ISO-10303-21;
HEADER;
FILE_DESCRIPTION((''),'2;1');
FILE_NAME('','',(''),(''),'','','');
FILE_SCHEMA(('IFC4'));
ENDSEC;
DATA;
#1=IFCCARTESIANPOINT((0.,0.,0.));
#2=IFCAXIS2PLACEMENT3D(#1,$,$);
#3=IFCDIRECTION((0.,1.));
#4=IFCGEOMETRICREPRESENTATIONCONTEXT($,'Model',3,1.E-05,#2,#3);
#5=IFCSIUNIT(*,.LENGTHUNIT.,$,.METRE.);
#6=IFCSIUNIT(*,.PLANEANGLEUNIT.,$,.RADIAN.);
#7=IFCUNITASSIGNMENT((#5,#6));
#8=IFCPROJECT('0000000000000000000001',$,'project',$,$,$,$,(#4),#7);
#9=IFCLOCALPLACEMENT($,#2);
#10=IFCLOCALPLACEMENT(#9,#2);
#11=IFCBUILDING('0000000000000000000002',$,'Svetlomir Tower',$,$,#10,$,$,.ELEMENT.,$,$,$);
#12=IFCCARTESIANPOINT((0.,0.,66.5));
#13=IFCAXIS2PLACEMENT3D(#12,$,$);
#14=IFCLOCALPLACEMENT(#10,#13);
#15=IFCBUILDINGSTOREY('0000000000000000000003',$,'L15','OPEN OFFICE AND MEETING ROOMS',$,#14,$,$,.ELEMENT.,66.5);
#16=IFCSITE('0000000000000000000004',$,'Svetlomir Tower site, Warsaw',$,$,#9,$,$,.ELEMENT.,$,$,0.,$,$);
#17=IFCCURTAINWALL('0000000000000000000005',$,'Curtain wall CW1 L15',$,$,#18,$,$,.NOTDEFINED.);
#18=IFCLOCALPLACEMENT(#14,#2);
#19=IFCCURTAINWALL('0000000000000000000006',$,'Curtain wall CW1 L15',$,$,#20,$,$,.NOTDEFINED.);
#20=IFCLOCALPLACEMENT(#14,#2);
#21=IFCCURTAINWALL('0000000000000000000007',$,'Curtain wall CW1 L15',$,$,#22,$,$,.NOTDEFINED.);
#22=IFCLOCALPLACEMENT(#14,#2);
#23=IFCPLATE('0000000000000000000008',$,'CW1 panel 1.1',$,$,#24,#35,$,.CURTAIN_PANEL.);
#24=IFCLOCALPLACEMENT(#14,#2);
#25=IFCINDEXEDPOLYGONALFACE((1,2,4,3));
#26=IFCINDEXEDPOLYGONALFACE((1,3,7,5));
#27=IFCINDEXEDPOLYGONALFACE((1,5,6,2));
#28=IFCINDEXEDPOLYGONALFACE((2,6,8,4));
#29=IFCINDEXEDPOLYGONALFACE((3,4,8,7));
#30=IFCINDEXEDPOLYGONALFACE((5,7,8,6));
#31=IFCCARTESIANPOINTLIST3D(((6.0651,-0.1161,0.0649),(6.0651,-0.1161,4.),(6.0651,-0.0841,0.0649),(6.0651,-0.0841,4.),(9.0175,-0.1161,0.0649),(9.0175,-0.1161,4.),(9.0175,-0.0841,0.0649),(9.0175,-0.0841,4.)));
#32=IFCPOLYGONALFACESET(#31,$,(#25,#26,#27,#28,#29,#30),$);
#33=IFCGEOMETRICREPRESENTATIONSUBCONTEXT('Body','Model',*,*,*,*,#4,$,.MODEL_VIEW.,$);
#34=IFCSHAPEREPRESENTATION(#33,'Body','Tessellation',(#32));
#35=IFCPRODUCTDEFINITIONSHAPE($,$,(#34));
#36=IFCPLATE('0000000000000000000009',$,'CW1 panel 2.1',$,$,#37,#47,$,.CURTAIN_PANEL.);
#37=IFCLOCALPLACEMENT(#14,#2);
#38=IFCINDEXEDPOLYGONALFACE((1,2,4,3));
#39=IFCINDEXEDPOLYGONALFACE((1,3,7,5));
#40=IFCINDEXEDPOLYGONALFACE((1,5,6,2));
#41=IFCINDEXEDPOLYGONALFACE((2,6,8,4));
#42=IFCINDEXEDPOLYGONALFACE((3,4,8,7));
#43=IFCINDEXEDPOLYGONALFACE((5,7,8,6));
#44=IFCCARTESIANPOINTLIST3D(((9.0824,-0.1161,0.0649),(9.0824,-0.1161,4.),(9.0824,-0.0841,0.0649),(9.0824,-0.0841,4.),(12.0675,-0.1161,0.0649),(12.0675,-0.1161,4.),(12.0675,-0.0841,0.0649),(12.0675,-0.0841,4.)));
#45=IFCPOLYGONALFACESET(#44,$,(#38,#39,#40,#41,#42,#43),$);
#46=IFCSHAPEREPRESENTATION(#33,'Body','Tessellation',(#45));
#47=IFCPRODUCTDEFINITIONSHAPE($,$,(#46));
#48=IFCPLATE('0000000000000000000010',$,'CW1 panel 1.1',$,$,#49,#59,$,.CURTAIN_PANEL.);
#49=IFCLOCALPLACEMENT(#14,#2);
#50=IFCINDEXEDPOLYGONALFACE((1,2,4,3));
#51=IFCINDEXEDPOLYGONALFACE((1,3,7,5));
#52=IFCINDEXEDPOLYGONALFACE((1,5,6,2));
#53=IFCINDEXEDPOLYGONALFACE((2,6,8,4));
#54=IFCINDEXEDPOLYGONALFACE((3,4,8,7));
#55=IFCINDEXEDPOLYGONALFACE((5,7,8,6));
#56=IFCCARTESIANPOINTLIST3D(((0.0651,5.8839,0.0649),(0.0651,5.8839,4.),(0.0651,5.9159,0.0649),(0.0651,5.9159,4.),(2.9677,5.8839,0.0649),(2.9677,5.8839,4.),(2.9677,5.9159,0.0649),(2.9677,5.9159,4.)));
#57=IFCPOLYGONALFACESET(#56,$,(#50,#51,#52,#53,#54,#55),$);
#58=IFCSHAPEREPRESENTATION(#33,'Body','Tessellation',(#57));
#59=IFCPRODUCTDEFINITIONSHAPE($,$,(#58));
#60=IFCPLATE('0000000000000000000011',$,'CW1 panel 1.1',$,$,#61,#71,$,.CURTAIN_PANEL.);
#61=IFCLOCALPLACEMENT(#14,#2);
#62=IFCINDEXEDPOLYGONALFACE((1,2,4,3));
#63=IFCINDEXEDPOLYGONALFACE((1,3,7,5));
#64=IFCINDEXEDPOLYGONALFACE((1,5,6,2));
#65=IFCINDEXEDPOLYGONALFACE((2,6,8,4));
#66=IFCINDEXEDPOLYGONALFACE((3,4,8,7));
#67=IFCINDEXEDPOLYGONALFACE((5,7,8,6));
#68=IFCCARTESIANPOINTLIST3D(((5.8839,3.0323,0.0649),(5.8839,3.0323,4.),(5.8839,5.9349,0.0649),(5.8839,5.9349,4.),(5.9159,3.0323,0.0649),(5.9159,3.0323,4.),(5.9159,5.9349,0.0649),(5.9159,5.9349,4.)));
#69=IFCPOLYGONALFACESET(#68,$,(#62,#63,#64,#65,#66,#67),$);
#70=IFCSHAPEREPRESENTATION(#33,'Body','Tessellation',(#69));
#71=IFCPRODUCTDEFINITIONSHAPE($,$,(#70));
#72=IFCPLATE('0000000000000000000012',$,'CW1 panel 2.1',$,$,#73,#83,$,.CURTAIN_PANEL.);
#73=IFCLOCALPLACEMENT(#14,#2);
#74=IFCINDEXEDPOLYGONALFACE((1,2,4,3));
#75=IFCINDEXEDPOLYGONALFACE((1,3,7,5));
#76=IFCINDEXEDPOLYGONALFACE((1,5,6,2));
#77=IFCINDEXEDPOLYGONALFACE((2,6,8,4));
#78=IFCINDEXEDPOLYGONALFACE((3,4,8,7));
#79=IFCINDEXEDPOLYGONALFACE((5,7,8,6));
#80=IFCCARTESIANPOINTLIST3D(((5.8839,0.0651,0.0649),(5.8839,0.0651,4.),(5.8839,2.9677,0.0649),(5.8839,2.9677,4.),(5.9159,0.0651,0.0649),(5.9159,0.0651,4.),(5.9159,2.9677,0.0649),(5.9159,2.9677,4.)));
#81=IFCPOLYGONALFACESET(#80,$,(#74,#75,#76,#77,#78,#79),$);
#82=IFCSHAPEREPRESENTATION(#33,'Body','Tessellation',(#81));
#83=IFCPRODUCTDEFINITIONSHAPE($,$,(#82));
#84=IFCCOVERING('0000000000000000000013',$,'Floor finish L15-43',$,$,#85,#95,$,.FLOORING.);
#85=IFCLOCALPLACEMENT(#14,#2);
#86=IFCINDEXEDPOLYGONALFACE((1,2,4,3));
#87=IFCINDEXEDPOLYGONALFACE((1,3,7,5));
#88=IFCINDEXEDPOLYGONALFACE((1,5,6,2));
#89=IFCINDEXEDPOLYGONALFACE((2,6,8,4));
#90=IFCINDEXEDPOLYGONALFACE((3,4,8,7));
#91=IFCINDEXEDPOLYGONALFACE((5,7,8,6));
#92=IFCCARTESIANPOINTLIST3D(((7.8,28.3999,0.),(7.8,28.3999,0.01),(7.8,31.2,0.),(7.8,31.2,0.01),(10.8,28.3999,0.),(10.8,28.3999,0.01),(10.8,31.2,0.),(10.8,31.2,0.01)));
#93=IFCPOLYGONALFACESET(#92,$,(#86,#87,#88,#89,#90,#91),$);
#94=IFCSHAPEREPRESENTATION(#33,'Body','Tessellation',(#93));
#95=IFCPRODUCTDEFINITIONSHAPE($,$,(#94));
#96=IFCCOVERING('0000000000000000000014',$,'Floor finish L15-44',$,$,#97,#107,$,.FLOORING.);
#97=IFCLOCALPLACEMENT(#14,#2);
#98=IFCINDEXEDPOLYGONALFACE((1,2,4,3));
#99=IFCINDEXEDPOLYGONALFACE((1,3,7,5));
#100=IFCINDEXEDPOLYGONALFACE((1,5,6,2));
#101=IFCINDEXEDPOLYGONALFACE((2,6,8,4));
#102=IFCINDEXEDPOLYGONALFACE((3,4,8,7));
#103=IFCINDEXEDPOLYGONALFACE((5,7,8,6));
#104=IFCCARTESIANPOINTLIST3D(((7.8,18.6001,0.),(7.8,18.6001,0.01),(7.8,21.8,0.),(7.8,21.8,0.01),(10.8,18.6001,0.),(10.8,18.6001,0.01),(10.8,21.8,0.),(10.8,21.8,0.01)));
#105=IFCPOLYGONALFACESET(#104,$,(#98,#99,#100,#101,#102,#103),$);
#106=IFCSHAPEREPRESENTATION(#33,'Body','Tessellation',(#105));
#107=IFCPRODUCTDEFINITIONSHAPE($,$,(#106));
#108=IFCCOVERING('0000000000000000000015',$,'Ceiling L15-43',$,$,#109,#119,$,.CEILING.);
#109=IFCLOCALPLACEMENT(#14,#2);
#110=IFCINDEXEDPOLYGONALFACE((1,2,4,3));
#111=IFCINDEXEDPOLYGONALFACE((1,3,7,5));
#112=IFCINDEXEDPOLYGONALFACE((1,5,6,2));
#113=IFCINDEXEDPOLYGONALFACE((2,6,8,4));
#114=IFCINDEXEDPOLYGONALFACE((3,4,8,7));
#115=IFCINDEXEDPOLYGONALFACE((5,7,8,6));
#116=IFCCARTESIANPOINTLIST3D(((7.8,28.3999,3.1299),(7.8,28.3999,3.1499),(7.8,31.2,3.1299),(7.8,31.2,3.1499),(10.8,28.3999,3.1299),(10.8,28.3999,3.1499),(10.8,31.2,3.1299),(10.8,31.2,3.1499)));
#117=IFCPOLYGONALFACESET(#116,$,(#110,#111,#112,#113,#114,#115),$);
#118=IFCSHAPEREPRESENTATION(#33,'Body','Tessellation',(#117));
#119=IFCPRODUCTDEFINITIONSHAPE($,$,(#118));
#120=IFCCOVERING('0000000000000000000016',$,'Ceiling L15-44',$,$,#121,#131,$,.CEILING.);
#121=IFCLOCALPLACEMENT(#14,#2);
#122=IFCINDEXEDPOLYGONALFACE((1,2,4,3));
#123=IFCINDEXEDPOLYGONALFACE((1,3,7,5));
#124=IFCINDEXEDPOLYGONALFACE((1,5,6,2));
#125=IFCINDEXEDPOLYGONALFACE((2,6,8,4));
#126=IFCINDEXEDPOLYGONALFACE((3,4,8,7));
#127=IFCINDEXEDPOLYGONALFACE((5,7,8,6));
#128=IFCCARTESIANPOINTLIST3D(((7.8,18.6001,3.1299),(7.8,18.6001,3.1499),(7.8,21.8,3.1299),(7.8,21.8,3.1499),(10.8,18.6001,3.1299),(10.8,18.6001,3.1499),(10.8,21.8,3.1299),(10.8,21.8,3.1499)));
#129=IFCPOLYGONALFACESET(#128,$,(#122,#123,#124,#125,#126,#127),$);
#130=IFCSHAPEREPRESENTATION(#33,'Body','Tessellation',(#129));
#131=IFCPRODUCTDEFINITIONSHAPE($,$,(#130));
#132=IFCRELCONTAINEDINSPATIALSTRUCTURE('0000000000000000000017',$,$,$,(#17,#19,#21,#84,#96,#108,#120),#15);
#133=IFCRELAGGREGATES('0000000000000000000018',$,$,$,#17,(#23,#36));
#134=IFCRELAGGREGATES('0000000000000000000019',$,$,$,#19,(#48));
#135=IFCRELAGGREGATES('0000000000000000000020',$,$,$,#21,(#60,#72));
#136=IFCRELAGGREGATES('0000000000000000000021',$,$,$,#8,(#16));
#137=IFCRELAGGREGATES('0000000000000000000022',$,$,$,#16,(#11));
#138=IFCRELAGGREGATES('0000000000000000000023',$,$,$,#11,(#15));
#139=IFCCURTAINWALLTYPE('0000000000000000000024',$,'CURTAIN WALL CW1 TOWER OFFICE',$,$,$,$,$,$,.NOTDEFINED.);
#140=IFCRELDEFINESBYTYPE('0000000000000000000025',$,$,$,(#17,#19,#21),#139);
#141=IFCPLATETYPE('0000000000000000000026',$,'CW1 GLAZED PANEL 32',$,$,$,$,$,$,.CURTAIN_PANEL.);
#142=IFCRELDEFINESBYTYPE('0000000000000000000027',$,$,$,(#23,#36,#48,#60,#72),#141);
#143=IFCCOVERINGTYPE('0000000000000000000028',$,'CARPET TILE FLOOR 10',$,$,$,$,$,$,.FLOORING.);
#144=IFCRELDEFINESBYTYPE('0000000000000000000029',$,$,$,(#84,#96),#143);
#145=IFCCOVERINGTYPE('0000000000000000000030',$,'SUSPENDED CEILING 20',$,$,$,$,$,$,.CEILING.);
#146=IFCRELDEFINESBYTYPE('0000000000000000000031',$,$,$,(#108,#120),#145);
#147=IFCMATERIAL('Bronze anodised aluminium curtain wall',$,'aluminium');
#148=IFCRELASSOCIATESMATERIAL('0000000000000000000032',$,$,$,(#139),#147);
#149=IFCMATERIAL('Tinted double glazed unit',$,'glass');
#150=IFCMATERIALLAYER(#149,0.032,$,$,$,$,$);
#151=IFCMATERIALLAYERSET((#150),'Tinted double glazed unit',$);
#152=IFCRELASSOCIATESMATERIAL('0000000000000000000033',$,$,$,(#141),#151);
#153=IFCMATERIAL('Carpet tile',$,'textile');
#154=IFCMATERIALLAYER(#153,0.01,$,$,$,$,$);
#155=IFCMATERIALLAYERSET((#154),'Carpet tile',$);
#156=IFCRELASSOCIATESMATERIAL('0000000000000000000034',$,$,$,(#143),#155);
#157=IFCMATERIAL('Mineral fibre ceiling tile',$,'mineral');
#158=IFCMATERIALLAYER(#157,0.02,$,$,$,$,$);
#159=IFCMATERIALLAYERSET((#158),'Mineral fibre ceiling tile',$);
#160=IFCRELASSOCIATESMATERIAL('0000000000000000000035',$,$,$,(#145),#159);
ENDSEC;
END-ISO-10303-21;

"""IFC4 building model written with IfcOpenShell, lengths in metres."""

from ifc_helpers import new_model, si_unit, direction, frame, origin, origin_2d, place, context, subcontext, project, spatial, polyline, rectangle, outline, extrude, material, layer, layer_set, type_object, element, aggregate, save


model = new_model("IFC4")

# Units and contexts
model_context = context("Model", 3, precision=1e-05, world=origin(), true_north=direction((0.0, 1.0)))
body_context = subcontext(model_context, "Body", "Model", "MODEL_VIEW")
ifc_project = project(units=[si_unit("LENGTHUNIT", "METRE"), si_unit("PLANEANGLEUNIT", "RADIAN")], contexts=[model_context])

# Site, building, storey
site_placement = place(None, origin())
site = spatial("IfcSite", under=ifc_project, at=site_placement, Name="Svetlomir Tower site, Warsaw", CompositionType="ELEMENT", RefElevation=0.0)
building_placement = place(site_placement, origin())
building = spatial("IfcBuilding", under=site, at=building_placement, Name="Svetlomir Tower", CompositionType="ELEMENT")
storey_placement = place(building_placement, frame((0.0, 0.0, 66.5)))
storey = spatial("IfcBuildingStorey", under=building, at=storey_placement, Name="L15", Description="OPEN OFFICE AND MEETING ROOMS", CompositionType="ELEMENT", Elevation=66.5)

# Curtain walls
ifc_material_1 = material(Name="Bronze anodised aluminium curtain wall", Category="aluminium")
curtain_wall_type = type_object("IfcCurtainWallType", Name="CURTAIN WALL CW1 TOWER OFFICE", PredefinedType="NOTDEFINED", material=ifc_material_1)
curtain_wall_1_placement = place(storey_placement, origin())
curtain_wall_1 = element("IfcCurtainWall", 1, at=curtain_wall_1_placement, inside=storey, type_object=curtain_wall_type, Name="Curtain wall CW1 L15", PredefinedType="NOTDEFINED")
curtain_wall_2_placement = place(storey_placement, origin())
curtain_wall_2 = element("IfcCurtainWall", 2, at=curtain_wall_2_placement, inside=storey, type_object=curtain_wall_type, Name="Curtain wall CW1 L15", PredefinedType="NOTDEFINED")
curtain_wall_3_placement = place(storey_placement, origin())
curtain_wall_3 = element("IfcCurtainWall", 3, at=curtain_wall_3_placement, inside=storey, type_object=curtain_wall_type, Name="Curtain wall CW1 L15", PredefinedType="NOTDEFINED")

# Plates
ifc_material_2 = material(Name="Tinted double glazed unit", Category="glass")
ifc_layer_1 = layer(ifc_material_2, 0.032)
ifc_layer_set_1 = layer_set([ifc_layer_1], Name="Tinted double glazed unit")
plate_type = type_object("IfcPlateType", Name="CW1 GLAZED PANEL 32", PredefinedType="CURTAIN_PANEL", material=ifc_layer_set_1)
plate_1_placement = place(storey_placement, frame((7.5413, -0.1001, 0.0649), z_axis=(0.0, 0.0, 1.0), x_axis=(1.0, 0.0, 0.0)))
plate_1 = element("IfcPlate", 4, at=plate_1_placement, type_object=plate_type, Name="CW1 panel 1.1", PredefinedType="CURTAIN_PANEL", context=body_context, shape_type="SweptSolid", body=[
    extrude(rectangle(XDim=2.9524, YDim=0.032, at=origin_2d()), origin(), (0.0, 0.0, 1.0), 3.9351),
])
plate_2_placement = place(storey_placement, frame((10.575, -0.1001, 0.0649), z_axis=(0.0, 0.0, 1.0), x_axis=(1.0, 0.0, 0.0)))
plate_2 = element("IfcPlate", 5, at=plate_2_placement, type_object=plate_type, Name="CW1 panel 2.1", PredefinedType="CURTAIN_PANEL", context=body_context, shape_type="SweptSolid", body=[
    extrude(rectangle(XDim=2.9851, YDim=0.032, at=origin_2d()), origin(), (0.0, 0.0, 1.0), 3.9351),
])
aggregate(curtain_wall_1, [plate_1, plate_2])
plate_3_placement = place(storey_placement, frame((1.5164, 5.8999, 0.0649), z_axis=(0.0, 0.0, 1.0), x_axis=(1.0, 0.0, 0.0)))
plate_3 = element("IfcPlate", 6, at=plate_3_placement, type_object=plate_type, Name="CW1 panel 1.1", PredefinedType="CURTAIN_PANEL", context=body_context, shape_type="SweptSolid", body=[
    extrude(rectangle(XDim=2.9026, YDim=0.032, at=origin_2d()), origin(), (0.0, 0.0, 1.0), 3.9351),
])
aggregate(curtain_wall_2, [plate_3])
plate_4_placement = place(storey_placement, frame((5.8999, 4.4836, 0.0649), z_axis=(0.0, 0.0, 1.0), x_axis=(0.0, -1.0, 0.0)))
plate_4 = element("IfcPlate", 7, at=plate_4_placement, type_object=plate_type, Name="CW1 panel 1.1", PredefinedType="CURTAIN_PANEL", context=body_context, shape_type="SweptSolid", body=[
    extrude(rectangle(XDim=2.9026, YDim=0.032, at=origin_2d()), origin(), (0.0, 0.0, 1.0), 3.9351),
])
plate_5_placement = place(storey_placement, frame((5.8999, 1.5164, 0.0649), z_axis=(0.0, 0.0, 1.0), x_axis=(0.0, -1.0, 0.0)))
plate_5 = element("IfcPlate", 8, at=plate_5_placement, type_object=plate_type, Name="CW1 panel 2.1", PredefinedType="CURTAIN_PANEL", context=body_context, shape_type="SweptSolid", body=[
    extrude(rectangle(XDim=2.9026, YDim=0.032, at=origin_2d()), origin(), (0.0, 0.0, 1.0), 3.9351),
])
aggregate(curtain_wall_3, [plate_4, plate_5])

# Coverings
ifc_material_3 = material(Name="Carpet tile", Category="textile")
ifc_layer_2 = layer(ifc_material_3, 0.01)
ifc_layer_set_2 = layer_set([ifc_layer_2], Name="Carpet tile")
covering_type_1 = type_object("IfcCoveringType", Name="CARPET TILE FLOOR 10", PredefinedType="FLOORING", material=ifc_layer_set_2)
covering_1_placement = place(storey_placement, origin())
element("IfcCovering", 9, at=covering_1_placement, inside=storey, type_object=covering_type_1, Name="Floor finish L15-43", PredefinedType="FLOORING", context=body_context, shape_type="SweptSolid", body=[
    extrude(outline(polyline([(7.8, 28.3999), (7.8, 31.2), (10.8, 31.2), (10.8, 28.3999), (7.8, 28.3999)])), origin(), (0.0, 0.0, 1.0), 0.01),
])
covering_2_placement = place(storey_placement, origin())
element("IfcCovering", 10, at=covering_2_placement, inside=storey, type_object=covering_type_1, Name="Floor finish L15-44", PredefinedType="FLOORING", context=body_context, shape_type="SweptSolid", body=[
    extrude(outline(polyline([(7.8, 18.6001), (7.8, 21.8), (10.8, 21.8), (10.8, 18.6001), (7.8, 18.6001)])), origin(), (0.0, 0.0, 1.0), 0.01),
])
ifc_material_4 = material(Name="Mineral fibre ceiling tile", Category="mineral")
ifc_layer_3 = layer(ifc_material_4, 0.02)
ifc_layer_set_3 = layer_set([ifc_layer_3], Name="Mineral fibre ceiling tile")
covering_type_2 = type_object("IfcCoveringType", Name="SUSPENDED CEILING 20", PredefinedType="CEILING", material=ifc_layer_set_3)
covering_3_placement = place(storey_placement, frame((0.0, 0.0, 3.1299)))
element("IfcCovering", 11, at=covering_3_placement, inside=storey, type_object=covering_type_2, Name="Ceiling L15-43", PredefinedType="CEILING", context=body_context, shape_type="SweptSolid", body=[
    extrude(outline(polyline([(7.8, 28.3999), (7.8, 31.2), (10.8, 31.2), (10.8, 28.3999), (7.8, 28.3999)])), origin(), (0.0, 0.0, 1.0), 0.02),
])
covering_4_placement = place(storey_placement, frame((0.0, 0.0, 3.1299)))
element("IfcCovering", 12, at=covering_4_placement, inside=storey, type_object=covering_type_2, Name="Ceiling L15-44", PredefinedType="CEILING", context=body_context, shape_type="SweptSolid", body=[
    extrude(outline(polyline([(7.8, 18.6001), (7.8, 21.8), (10.8, 21.8), (10.8, 18.6001), (7.8, 18.6001)])), origin(), (0.0, 0.0, 1.0), 0.02),
])

save(model, "model.ifc")
